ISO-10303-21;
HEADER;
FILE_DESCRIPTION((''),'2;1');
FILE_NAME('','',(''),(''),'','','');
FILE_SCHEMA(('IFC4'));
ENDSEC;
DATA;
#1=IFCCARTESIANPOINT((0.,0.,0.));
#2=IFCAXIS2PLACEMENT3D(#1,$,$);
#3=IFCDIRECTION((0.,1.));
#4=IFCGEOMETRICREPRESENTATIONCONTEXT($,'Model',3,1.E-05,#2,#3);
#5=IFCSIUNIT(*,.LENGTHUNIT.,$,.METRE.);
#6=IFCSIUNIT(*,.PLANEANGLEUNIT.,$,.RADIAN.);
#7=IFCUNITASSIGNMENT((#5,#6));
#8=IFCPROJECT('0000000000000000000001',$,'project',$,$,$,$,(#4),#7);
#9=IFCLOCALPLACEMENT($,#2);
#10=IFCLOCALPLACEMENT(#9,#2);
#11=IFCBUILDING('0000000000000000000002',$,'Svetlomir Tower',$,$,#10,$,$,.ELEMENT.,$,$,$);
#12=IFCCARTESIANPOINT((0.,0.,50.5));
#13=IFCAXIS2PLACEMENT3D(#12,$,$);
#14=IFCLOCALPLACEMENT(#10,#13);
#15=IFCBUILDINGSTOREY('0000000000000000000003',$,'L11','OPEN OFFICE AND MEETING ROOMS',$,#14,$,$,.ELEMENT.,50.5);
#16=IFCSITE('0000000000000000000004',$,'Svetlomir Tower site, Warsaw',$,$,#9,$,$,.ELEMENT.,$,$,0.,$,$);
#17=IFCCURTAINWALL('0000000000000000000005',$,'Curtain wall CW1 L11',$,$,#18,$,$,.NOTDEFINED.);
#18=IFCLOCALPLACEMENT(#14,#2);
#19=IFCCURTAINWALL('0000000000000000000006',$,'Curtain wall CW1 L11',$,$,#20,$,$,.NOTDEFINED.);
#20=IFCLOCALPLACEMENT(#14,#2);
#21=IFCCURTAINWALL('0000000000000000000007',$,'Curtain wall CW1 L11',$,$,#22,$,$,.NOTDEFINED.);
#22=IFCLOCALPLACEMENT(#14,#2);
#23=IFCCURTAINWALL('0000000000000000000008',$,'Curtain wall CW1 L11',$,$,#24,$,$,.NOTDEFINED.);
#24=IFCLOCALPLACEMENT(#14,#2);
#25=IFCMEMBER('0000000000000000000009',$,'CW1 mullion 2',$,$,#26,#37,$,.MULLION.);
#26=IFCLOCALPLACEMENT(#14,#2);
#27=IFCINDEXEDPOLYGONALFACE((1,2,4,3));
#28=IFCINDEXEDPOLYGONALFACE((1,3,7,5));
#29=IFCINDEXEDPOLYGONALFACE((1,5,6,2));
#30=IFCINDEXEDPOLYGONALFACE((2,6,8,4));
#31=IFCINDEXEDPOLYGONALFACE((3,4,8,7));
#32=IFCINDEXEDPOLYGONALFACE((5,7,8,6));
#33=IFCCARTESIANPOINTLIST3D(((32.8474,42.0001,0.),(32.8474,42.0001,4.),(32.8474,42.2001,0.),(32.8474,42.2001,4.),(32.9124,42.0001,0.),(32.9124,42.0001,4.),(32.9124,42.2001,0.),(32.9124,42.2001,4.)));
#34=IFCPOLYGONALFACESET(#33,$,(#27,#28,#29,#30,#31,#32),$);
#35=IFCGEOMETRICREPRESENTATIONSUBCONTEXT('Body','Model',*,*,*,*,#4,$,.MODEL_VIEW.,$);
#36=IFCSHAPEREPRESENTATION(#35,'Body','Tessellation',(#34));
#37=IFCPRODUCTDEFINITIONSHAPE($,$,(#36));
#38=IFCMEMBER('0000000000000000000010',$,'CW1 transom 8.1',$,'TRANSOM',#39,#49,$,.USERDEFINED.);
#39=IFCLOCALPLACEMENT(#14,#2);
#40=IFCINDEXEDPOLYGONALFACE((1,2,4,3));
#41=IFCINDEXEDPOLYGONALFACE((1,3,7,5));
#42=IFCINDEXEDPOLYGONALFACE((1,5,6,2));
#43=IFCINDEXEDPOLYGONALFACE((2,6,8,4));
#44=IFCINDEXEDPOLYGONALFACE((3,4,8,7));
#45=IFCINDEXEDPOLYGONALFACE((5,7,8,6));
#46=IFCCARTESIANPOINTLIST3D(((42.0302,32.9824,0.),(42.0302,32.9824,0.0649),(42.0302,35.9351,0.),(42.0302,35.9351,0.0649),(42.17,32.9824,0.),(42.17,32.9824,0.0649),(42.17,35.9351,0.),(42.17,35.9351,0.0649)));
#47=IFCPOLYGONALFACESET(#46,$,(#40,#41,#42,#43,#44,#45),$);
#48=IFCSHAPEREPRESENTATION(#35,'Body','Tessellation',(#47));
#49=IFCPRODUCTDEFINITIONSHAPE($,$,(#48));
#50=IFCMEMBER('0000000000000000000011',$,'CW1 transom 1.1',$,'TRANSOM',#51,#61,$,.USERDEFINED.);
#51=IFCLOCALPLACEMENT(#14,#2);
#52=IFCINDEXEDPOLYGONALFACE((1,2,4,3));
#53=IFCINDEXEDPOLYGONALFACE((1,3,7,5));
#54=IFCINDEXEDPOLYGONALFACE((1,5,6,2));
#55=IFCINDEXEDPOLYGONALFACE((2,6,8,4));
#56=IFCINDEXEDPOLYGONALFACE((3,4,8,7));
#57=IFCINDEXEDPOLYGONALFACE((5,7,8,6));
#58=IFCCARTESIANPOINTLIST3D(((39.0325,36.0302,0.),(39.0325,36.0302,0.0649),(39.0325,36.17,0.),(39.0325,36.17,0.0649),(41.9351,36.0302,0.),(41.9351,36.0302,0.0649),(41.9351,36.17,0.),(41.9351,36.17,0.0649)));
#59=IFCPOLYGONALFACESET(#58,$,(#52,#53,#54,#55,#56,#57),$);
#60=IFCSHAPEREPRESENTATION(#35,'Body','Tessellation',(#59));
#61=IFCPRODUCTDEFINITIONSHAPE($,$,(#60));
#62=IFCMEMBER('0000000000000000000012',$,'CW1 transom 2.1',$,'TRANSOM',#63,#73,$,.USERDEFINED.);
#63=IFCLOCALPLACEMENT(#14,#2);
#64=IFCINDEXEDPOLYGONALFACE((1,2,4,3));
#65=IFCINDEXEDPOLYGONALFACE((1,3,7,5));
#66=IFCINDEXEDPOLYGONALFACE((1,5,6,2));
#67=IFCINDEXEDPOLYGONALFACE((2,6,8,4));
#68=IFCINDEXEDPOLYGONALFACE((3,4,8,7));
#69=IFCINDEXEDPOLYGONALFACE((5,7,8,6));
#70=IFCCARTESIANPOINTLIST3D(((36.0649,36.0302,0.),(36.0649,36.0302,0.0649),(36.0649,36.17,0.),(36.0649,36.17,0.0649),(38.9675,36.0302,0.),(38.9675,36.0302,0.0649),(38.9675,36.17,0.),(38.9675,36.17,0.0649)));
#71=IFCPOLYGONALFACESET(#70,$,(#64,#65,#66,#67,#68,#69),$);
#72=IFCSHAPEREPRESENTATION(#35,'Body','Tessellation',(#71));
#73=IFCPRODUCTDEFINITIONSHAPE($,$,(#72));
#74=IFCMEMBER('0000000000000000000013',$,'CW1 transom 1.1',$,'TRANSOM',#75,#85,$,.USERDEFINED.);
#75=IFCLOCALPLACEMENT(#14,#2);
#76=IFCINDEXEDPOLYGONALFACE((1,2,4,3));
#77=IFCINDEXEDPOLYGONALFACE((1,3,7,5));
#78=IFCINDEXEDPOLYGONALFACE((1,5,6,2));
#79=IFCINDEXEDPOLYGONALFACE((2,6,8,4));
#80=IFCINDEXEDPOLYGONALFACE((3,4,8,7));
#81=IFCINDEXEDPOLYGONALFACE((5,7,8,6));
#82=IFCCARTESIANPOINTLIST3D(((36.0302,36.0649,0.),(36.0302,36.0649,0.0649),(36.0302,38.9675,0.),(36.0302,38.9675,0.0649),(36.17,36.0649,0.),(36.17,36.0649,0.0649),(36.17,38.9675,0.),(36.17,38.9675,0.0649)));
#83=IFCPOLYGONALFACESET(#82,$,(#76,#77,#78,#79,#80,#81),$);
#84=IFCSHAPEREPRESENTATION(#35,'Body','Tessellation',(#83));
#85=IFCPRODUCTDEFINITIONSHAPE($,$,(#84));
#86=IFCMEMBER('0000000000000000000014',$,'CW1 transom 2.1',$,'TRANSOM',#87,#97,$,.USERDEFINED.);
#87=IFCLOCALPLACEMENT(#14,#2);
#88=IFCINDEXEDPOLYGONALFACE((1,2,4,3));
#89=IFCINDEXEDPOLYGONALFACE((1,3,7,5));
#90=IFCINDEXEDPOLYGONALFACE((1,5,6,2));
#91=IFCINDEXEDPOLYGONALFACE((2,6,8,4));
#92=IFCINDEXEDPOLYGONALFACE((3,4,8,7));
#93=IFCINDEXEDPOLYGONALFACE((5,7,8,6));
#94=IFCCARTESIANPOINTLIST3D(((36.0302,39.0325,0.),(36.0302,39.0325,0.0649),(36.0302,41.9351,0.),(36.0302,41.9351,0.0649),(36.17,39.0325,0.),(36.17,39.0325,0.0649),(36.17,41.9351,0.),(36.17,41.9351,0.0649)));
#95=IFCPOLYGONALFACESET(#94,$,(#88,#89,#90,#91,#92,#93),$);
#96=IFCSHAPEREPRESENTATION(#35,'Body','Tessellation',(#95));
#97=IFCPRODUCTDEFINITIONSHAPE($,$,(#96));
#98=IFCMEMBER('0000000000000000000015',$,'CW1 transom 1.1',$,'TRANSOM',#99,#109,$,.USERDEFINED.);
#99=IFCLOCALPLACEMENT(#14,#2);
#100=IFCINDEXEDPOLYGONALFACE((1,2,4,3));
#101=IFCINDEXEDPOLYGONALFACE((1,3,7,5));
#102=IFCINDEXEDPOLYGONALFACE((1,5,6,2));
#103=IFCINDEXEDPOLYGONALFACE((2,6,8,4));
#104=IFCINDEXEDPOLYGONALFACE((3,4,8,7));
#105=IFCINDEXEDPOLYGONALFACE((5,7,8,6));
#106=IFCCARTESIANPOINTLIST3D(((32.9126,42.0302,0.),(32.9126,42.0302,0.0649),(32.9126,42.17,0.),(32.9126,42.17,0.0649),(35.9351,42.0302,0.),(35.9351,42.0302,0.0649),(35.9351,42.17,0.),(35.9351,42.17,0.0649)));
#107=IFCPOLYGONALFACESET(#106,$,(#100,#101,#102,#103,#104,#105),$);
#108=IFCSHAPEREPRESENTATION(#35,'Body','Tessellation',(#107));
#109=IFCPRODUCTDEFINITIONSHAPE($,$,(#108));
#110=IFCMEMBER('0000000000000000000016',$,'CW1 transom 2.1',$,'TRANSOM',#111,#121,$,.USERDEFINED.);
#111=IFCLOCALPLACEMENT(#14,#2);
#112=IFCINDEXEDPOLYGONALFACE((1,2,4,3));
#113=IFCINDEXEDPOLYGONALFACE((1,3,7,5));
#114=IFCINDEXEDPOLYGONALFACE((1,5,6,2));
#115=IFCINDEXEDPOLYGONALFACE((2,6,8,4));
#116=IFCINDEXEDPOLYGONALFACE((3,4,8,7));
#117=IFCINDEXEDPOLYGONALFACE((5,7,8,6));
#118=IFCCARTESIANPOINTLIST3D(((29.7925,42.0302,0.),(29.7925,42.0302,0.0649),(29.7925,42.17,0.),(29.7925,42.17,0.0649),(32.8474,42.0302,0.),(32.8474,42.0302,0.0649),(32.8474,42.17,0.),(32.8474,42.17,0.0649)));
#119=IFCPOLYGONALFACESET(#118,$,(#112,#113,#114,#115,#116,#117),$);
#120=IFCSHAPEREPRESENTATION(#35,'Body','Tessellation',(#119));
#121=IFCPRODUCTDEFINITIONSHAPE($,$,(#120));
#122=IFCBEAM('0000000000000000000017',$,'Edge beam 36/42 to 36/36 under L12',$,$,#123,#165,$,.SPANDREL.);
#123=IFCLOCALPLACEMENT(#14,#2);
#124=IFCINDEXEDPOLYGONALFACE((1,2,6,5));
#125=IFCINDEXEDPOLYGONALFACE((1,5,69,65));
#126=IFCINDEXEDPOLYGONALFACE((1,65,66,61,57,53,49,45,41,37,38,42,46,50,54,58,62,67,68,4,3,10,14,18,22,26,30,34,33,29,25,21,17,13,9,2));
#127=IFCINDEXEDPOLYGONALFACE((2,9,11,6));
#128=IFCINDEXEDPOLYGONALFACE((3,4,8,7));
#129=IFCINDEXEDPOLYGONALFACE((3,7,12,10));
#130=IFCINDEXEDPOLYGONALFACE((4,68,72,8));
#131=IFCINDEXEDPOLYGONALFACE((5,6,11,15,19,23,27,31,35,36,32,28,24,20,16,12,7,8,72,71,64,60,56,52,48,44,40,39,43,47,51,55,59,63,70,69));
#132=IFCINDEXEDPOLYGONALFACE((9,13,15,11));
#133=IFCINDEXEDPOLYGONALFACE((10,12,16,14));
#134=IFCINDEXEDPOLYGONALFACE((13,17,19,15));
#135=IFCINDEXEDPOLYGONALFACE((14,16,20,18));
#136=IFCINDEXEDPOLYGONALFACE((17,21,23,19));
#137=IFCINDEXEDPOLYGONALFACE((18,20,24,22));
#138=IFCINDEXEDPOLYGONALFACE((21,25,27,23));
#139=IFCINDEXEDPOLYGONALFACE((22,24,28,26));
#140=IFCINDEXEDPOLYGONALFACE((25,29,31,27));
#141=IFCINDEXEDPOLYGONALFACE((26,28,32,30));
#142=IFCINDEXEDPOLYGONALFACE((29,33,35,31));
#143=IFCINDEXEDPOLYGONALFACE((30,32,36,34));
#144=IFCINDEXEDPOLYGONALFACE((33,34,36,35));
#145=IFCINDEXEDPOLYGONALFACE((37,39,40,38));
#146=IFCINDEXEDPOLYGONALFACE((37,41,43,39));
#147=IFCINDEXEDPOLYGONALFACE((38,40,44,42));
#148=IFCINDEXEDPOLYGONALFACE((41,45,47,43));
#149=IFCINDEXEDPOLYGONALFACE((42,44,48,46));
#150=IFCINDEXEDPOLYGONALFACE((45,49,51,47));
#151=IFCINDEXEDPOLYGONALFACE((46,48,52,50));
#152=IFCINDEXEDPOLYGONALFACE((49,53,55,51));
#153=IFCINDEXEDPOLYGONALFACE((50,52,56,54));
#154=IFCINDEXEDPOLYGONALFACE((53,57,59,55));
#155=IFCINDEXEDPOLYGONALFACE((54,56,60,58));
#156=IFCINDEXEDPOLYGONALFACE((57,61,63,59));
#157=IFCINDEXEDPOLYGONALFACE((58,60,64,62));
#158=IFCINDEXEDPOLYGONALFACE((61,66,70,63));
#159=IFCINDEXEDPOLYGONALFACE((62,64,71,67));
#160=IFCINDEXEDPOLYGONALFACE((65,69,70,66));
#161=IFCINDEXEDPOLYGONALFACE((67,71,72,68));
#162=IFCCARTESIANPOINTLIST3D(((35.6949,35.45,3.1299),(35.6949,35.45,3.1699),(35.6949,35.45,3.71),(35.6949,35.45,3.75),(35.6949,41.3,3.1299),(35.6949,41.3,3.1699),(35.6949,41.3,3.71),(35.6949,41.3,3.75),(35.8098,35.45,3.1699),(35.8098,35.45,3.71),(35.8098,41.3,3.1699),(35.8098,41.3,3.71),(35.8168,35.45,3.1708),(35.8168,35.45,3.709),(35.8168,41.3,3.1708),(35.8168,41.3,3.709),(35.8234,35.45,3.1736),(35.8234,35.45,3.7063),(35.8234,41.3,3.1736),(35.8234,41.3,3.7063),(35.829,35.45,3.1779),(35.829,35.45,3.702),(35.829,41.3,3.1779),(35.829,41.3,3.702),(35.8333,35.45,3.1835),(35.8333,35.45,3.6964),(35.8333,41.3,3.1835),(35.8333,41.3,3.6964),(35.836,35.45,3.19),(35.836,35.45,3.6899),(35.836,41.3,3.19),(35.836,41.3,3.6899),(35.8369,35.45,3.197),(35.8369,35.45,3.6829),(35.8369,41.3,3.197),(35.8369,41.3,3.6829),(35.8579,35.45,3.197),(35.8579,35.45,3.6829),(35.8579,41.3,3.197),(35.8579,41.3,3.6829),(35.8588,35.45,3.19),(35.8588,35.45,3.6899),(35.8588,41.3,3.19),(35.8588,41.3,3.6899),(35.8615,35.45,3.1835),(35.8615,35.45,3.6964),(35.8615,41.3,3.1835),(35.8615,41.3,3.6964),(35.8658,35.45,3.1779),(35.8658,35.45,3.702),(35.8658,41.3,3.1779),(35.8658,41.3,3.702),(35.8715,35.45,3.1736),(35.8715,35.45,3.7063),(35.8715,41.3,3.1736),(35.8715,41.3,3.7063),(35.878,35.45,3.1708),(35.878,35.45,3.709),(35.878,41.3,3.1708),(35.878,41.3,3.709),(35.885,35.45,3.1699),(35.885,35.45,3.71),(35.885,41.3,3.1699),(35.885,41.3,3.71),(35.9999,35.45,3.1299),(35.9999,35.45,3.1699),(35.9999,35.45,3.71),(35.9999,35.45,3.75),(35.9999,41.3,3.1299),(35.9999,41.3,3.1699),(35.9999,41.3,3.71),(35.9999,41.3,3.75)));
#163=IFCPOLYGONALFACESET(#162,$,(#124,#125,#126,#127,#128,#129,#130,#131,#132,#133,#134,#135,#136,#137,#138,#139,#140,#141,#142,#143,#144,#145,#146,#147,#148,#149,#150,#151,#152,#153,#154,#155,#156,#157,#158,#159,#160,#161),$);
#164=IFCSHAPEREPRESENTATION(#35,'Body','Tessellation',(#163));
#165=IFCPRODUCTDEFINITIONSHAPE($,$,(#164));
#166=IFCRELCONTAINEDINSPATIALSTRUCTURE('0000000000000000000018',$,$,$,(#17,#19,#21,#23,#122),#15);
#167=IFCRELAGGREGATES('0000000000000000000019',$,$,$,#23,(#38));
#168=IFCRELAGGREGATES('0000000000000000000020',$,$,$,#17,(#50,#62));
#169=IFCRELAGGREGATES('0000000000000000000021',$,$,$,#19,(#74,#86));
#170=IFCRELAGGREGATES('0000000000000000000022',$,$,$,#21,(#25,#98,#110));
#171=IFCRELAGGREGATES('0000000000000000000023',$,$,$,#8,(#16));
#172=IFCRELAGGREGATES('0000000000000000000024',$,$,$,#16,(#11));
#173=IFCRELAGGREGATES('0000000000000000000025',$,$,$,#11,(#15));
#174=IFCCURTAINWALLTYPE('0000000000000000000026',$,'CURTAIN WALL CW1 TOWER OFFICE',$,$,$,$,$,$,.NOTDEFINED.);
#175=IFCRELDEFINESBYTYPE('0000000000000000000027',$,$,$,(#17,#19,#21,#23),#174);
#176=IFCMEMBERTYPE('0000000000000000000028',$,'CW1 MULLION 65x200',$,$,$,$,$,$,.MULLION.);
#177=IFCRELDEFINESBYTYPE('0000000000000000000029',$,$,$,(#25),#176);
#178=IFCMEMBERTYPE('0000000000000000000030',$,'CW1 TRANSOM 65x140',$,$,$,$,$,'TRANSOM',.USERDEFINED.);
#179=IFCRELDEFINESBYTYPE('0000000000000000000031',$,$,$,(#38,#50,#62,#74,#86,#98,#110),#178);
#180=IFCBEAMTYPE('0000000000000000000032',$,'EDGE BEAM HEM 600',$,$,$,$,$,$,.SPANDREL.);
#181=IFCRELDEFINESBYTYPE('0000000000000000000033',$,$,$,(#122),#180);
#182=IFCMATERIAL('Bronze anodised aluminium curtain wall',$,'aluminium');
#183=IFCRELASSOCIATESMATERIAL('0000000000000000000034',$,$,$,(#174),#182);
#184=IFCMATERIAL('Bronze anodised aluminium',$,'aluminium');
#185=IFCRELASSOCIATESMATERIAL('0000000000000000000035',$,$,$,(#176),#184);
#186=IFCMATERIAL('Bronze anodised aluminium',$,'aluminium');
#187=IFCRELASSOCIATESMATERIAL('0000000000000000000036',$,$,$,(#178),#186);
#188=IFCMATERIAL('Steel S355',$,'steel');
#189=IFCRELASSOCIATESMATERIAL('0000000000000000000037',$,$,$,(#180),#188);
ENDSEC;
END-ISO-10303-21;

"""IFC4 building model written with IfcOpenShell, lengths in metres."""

from ifc_helpers import new_model, si_unit, direction, frame, origin, origin_2d, place, context, subcontext, project, spatial, rectangle, i_section, extrude, material, material_profile, profile_set, type_object, element, aggregate, save


model = new_model("IFC4")

# Units and contexts
model_context = context("Model", 3, precision=1e-05, world=origin(), true_north=direction((0.0, 1.0)))
body_context = subcontext(model_context, "Body", "Model", "MODEL_VIEW")
ifc_project = project(units=[si_unit("LENGTHUNIT", "METRE"), si_unit("PLANEANGLEUNIT", "RADIAN")], contexts=[model_context])

# Site, building, storey
site_placement = place(None, origin())
site = spatial("IfcSite", under=ifc_project, at=site_placement, Name="Svetlomir Tower site, Warsaw", CompositionType="ELEMENT", RefElevation=0.0)
building_placement = place(site_placement, origin())
building = spatial("IfcBuilding", under=site, at=building_placement, Name="Svetlomir Tower", CompositionType="ELEMENT")
storey_placement = place(building_placement, frame((0.0, 0.0, 50.5)))
storey = spatial("IfcBuildingStorey", under=building, at=storey_placement, Name="L11", Description="OPEN OFFICE AND MEETING ROOMS", CompositionType="ELEMENT", Elevation=50.5)

# Curtain walls
ifc_material_1 = material(Name="Bronze anodised aluminium curtain wall", Category="aluminium")
curtain_wall_type = type_object("IfcCurtainWallType", Name="CURTAIN WALL CW1 TOWER OFFICE", PredefinedType="NOTDEFINED", material=ifc_material_1)
curtain_wall_1_placement = place(storey_placement, origin())
curtain_wall_1 = element("IfcCurtainWall", 1, at=curtain_wall_1_placement, inside=storey, type_object=curtain_wall_type, Name="Curtain wall CW1 L11", PredefinedType="NOTDEFINED")
curtain_wall_2_placement = place(storey_placement, origin())
curtain_wall_2 = element("IfcCurtainWall", 2, at=curtain_wall_2_placement, inside=storey, type_object=curtain_wall_type, Name="Curtain wall CW1 L11", PredefinedType="NOTDEFINED")
curtain_wall_3_placement = place(storey_placement, origin())
curtain_wall_3 = element("IfcCurtainWall", 3, at=curtain_wall_3_placement, inside=storey, type_object=curtain_wall_type, Name="Curtain wall CW1 L11", PredefinedType="NOTDEFINED")
curtain_wall_4_placement = place(storey_placement, origin())
curtain_wall_4 = element("IfcCurtainWall", 4, at=curtain_wall_4_placement, inside=storey, type_object=curtain_wall_type, Name="Curtain wall CW1 L11", PredefinedType="NOTDEFINED")
ifc_material_2 = material(Name="Bronze anodised aluminium", Category="aluminium")
ifc_material_profile_1 = material_profile(ifc_material_2, rectangle(XDim=0.0649, YDim=0.2, at=origin_2d()), Name="AL 65x200")
ifc_profile_set_1 = profile_set([ifc_material_profile_1], Name="Bronze anodised aluminium 6063-T6")
member_type_1 = type_object("IfcMemberType", Name="CW1 MULLION 65x200", PredefinedType="MULLION", material=ifc_profile_set_1)

# Members
member_1_placement = place(storey_placement, frame((32.8799, 42.1001, 0.0), z_axis=(0.0, 0.0, 1.0), x_axis=(-1.0, 0.0, 0.0)))
member_1 = element("IfcMember", 5, at=member_1_placement, type_object=member_type_1, Name="CW1 mullion 2", PredefinedType="MULLION", context=body_context, shape_type="SweptSolid", body=[
    extrude(rectangle(XDim=0.0649, YDim=0.2, at=origin_2d()), origin(), (0.0, 0.0, 1.0), 4.0),
])
ifc_material_3 = material(Name="Bronze anodised aluminium", Category="aluminium")
ifc_material_profile_2 = material_profile(ifc_material_3, rectangle(XDim=0.1399, YDim=0.0649, at=origin_2d()), Name="AL 140x65")
ifc_profile_set_2 = profile_set([ifc_material_profile_2], Name="Bronze anodised aluminium 6063-T6")
member_type_2 = type_object("IfcMemberType", Name="CW1 TRANSOM 65x140", ElementType="TRANSOM", PredefinedType="USERDEFINED", material=ifc_profile_set_2)
member_2_placement = place(storey_placement, frame((42.1001, 32.9824, 0.0325), z_axis=(0.0, 1.0, 0.0), x_axis=(-1.0, 0.0, 0.0)))
member_2 = element("IfcMember", 6, at=member_2_placement, type_object=member_type_2, Name="CW1 transom 8.1", ObjectType="TRANSOM", PredefinedType="USERDEFINED", context=body_context, shape_type="SweptSolid", body=[
    extrude(rectangle(XDim=0.1399, YDim=0.0649, at=origin_2d()), origin(), (0.0, 0.0, 1.0), 2.9526),
])
member_3_placement = place(storey_placement, frame((41.9351, 36.1001, 0.0325), z_axis=(-1.0, 0.0, 0.0), x_axis=(0.0, -1.0, 0.0)))
member_3 = element("IfcMember", 7, at=member_3_placement, type_object=member_type_2, Name="CW1 transom 1.1", ObjectType="TRANSOM", PredefinedType="USERDEFINED", context=body_context, shape_type="SweptSolid", body=[
    extrude(rectangle(XDim=0.1399, YDim=0.0649, at=origin_2d()), origin(), (0.0, 0.0, 1.0), 2.9026),
])
member_4_placement = place(storey_placement, frame((38.9675, 36.1001, 0.0325), z_axis=(-1.0, 0.0, 0.0), x_axis=(0.0, -1.0, 0.0)))
member_4 = element("IfcMember", 8, at=member_4_placement, type_object=member_type_2, Name="CW1 transom 2.1", ObjectType="TRANSOM", PredefinedType="USERDEFINED", context=body_context, shape_type="SweptSolid", body=[
    extrude(rectangle(XDim=0.1399, YDim=0.0649, at=origin_2d()), origin(), (0.0, 0.0, 1.0), 2.9026),
])
member_5_placement = place(storey_placement, frame((36.1001, 36.0649, 0.0325), z_axis=(0.0, 1.0, 0.0), x_axis=(-1.0, 0.0, 0.0)))
member_5 = element("IfcMember", 9, at=member_5_placement, type_object=member_type_2, Name="CW1 transom 1.1", ObjectType="TRANSOM", PredefinedType="USERDEFINED", context=body_context, shape_type="SweptSolid", body=[
    extrude(rectangle(XDim=0.1399, YDim=0.0649, at=origin_2d()), origin(), (0.0, 0.0, 1.0), 2.9026),
])
member_6_placement = place(storey_placement, frame((36.1001, 39.0325, 0.0325), z_axis=(0.0, 1.0, 0.0), x_axis=(-1.0, 0.0, 0.0)))
member_6 = element("IfcMember", 10, at=member_6_placement, type_object=member_type_2, Name="CW1 transom 2.1", ObjectType="TRANSOM", PredefinedType="USERDEFINED", context=body_context, shape_type="SweptSolid", body=[
    extrude(rectangle(XDim=0.1399, YDim=0.0649, at=origin_2d()), origin(), (0.0, 0.0, 1.0), 2.9026),
])
member_7_placement = place(storey_placement, frame((35.9351, 42.1001, 0.0325), z_axis=(-1.0, 0.0, 0.0), x_axis=(0.0, -1.0, 0.0)))
member_7 = element("IfcMember", 11, at=member_7_placement, type_object=member_type_2, Name="CW1 transom 1.1", ObjectType="TRANSOM", PredefinedType="USERDEFINED", context=body_context, shape_type="SweptSolid", body=[
    extrude(rectangle(XDim=0.1399, YDim=0.0649, at=origin_2d()), origin(), (0.0, 0.0, 1.0), 3.0225),
])
member_8_placement = place(storey_placement, frame((32.8474, 42.1001, 0.0325), z_axis=(-1.0, 0.0, 0.0), x_axis=(0.0, -1.0, 0.0)))
member_8 = element("IfcMember", 12, at=member_8_placement, type_object=member_type_2, Name="CW1 transom 2.1", ObjectType="TRANSOM", PredefinedType="USERDEFINED", context=body_context, shape_type="SweptSolid", body=[
    extrude(rectangle(XDim=0.1399, YDim=0.0649, at=origin_2d()), origin(), (0.0, 0.0, 1.0), 3.0549),
])

# Beam
ifc_material_4 = material(Name="Steel S355", Category="steel")
ifc_material_profile_3 = material_profile(ifc_material_4, i_section(OverallWidth=0.3049, OverallDepth=0.6201, WebThickness=0.021, FlangeThickness=0.04, FilletRadius=0.0271, at=origin_2d()), Name="HEM 600")
ifc_profile_set_3 = profile_set([ifc_material_profile_3], Name="Steel S355")
beam_type = type_object("IfcBeamType", Name="EDGE BEAM HEM 600", PredefinedType="SPANDREL", material=ifc_profile_set_3)
for number, where, z_axis, x_axis, name in (
    (13, (35.8474, 41.3, 3.4399), (0.0, -1.0, 0.0), (1.0, 0.0, 0.0), "Edge beam 36/42 to 36/36 under L12"),
):
    element("IfcBeam", number, at=place(storey_placement, frame(where, z_axis=z_axis, x_axis=x_axis)), inside=storey, type_object=beam_type, Name=name, PredefinedType="SPANDREL", context=body_context, shape_type="SweptSolid", body=[
        extrude(i_section(OverallWidth=0.3049, OverallDepth=0.6201, WebThickness=0.021, FlangeThickness=0.04, FilletRadius=0.0271, at=origin_2d()), origin(), (0.0, 0.0, 1.0), 5.8501),
    ])

aggregate(curtain_wall_4, [member_2])
aggregate(curtain_wall_1, [member_3, member_4])
aggregate(curtain_wall_2, [member_5, member_6])
aggregate(curtain_wall_3, [member_1, member_7, member_8])

save(model, "model.ifc")
